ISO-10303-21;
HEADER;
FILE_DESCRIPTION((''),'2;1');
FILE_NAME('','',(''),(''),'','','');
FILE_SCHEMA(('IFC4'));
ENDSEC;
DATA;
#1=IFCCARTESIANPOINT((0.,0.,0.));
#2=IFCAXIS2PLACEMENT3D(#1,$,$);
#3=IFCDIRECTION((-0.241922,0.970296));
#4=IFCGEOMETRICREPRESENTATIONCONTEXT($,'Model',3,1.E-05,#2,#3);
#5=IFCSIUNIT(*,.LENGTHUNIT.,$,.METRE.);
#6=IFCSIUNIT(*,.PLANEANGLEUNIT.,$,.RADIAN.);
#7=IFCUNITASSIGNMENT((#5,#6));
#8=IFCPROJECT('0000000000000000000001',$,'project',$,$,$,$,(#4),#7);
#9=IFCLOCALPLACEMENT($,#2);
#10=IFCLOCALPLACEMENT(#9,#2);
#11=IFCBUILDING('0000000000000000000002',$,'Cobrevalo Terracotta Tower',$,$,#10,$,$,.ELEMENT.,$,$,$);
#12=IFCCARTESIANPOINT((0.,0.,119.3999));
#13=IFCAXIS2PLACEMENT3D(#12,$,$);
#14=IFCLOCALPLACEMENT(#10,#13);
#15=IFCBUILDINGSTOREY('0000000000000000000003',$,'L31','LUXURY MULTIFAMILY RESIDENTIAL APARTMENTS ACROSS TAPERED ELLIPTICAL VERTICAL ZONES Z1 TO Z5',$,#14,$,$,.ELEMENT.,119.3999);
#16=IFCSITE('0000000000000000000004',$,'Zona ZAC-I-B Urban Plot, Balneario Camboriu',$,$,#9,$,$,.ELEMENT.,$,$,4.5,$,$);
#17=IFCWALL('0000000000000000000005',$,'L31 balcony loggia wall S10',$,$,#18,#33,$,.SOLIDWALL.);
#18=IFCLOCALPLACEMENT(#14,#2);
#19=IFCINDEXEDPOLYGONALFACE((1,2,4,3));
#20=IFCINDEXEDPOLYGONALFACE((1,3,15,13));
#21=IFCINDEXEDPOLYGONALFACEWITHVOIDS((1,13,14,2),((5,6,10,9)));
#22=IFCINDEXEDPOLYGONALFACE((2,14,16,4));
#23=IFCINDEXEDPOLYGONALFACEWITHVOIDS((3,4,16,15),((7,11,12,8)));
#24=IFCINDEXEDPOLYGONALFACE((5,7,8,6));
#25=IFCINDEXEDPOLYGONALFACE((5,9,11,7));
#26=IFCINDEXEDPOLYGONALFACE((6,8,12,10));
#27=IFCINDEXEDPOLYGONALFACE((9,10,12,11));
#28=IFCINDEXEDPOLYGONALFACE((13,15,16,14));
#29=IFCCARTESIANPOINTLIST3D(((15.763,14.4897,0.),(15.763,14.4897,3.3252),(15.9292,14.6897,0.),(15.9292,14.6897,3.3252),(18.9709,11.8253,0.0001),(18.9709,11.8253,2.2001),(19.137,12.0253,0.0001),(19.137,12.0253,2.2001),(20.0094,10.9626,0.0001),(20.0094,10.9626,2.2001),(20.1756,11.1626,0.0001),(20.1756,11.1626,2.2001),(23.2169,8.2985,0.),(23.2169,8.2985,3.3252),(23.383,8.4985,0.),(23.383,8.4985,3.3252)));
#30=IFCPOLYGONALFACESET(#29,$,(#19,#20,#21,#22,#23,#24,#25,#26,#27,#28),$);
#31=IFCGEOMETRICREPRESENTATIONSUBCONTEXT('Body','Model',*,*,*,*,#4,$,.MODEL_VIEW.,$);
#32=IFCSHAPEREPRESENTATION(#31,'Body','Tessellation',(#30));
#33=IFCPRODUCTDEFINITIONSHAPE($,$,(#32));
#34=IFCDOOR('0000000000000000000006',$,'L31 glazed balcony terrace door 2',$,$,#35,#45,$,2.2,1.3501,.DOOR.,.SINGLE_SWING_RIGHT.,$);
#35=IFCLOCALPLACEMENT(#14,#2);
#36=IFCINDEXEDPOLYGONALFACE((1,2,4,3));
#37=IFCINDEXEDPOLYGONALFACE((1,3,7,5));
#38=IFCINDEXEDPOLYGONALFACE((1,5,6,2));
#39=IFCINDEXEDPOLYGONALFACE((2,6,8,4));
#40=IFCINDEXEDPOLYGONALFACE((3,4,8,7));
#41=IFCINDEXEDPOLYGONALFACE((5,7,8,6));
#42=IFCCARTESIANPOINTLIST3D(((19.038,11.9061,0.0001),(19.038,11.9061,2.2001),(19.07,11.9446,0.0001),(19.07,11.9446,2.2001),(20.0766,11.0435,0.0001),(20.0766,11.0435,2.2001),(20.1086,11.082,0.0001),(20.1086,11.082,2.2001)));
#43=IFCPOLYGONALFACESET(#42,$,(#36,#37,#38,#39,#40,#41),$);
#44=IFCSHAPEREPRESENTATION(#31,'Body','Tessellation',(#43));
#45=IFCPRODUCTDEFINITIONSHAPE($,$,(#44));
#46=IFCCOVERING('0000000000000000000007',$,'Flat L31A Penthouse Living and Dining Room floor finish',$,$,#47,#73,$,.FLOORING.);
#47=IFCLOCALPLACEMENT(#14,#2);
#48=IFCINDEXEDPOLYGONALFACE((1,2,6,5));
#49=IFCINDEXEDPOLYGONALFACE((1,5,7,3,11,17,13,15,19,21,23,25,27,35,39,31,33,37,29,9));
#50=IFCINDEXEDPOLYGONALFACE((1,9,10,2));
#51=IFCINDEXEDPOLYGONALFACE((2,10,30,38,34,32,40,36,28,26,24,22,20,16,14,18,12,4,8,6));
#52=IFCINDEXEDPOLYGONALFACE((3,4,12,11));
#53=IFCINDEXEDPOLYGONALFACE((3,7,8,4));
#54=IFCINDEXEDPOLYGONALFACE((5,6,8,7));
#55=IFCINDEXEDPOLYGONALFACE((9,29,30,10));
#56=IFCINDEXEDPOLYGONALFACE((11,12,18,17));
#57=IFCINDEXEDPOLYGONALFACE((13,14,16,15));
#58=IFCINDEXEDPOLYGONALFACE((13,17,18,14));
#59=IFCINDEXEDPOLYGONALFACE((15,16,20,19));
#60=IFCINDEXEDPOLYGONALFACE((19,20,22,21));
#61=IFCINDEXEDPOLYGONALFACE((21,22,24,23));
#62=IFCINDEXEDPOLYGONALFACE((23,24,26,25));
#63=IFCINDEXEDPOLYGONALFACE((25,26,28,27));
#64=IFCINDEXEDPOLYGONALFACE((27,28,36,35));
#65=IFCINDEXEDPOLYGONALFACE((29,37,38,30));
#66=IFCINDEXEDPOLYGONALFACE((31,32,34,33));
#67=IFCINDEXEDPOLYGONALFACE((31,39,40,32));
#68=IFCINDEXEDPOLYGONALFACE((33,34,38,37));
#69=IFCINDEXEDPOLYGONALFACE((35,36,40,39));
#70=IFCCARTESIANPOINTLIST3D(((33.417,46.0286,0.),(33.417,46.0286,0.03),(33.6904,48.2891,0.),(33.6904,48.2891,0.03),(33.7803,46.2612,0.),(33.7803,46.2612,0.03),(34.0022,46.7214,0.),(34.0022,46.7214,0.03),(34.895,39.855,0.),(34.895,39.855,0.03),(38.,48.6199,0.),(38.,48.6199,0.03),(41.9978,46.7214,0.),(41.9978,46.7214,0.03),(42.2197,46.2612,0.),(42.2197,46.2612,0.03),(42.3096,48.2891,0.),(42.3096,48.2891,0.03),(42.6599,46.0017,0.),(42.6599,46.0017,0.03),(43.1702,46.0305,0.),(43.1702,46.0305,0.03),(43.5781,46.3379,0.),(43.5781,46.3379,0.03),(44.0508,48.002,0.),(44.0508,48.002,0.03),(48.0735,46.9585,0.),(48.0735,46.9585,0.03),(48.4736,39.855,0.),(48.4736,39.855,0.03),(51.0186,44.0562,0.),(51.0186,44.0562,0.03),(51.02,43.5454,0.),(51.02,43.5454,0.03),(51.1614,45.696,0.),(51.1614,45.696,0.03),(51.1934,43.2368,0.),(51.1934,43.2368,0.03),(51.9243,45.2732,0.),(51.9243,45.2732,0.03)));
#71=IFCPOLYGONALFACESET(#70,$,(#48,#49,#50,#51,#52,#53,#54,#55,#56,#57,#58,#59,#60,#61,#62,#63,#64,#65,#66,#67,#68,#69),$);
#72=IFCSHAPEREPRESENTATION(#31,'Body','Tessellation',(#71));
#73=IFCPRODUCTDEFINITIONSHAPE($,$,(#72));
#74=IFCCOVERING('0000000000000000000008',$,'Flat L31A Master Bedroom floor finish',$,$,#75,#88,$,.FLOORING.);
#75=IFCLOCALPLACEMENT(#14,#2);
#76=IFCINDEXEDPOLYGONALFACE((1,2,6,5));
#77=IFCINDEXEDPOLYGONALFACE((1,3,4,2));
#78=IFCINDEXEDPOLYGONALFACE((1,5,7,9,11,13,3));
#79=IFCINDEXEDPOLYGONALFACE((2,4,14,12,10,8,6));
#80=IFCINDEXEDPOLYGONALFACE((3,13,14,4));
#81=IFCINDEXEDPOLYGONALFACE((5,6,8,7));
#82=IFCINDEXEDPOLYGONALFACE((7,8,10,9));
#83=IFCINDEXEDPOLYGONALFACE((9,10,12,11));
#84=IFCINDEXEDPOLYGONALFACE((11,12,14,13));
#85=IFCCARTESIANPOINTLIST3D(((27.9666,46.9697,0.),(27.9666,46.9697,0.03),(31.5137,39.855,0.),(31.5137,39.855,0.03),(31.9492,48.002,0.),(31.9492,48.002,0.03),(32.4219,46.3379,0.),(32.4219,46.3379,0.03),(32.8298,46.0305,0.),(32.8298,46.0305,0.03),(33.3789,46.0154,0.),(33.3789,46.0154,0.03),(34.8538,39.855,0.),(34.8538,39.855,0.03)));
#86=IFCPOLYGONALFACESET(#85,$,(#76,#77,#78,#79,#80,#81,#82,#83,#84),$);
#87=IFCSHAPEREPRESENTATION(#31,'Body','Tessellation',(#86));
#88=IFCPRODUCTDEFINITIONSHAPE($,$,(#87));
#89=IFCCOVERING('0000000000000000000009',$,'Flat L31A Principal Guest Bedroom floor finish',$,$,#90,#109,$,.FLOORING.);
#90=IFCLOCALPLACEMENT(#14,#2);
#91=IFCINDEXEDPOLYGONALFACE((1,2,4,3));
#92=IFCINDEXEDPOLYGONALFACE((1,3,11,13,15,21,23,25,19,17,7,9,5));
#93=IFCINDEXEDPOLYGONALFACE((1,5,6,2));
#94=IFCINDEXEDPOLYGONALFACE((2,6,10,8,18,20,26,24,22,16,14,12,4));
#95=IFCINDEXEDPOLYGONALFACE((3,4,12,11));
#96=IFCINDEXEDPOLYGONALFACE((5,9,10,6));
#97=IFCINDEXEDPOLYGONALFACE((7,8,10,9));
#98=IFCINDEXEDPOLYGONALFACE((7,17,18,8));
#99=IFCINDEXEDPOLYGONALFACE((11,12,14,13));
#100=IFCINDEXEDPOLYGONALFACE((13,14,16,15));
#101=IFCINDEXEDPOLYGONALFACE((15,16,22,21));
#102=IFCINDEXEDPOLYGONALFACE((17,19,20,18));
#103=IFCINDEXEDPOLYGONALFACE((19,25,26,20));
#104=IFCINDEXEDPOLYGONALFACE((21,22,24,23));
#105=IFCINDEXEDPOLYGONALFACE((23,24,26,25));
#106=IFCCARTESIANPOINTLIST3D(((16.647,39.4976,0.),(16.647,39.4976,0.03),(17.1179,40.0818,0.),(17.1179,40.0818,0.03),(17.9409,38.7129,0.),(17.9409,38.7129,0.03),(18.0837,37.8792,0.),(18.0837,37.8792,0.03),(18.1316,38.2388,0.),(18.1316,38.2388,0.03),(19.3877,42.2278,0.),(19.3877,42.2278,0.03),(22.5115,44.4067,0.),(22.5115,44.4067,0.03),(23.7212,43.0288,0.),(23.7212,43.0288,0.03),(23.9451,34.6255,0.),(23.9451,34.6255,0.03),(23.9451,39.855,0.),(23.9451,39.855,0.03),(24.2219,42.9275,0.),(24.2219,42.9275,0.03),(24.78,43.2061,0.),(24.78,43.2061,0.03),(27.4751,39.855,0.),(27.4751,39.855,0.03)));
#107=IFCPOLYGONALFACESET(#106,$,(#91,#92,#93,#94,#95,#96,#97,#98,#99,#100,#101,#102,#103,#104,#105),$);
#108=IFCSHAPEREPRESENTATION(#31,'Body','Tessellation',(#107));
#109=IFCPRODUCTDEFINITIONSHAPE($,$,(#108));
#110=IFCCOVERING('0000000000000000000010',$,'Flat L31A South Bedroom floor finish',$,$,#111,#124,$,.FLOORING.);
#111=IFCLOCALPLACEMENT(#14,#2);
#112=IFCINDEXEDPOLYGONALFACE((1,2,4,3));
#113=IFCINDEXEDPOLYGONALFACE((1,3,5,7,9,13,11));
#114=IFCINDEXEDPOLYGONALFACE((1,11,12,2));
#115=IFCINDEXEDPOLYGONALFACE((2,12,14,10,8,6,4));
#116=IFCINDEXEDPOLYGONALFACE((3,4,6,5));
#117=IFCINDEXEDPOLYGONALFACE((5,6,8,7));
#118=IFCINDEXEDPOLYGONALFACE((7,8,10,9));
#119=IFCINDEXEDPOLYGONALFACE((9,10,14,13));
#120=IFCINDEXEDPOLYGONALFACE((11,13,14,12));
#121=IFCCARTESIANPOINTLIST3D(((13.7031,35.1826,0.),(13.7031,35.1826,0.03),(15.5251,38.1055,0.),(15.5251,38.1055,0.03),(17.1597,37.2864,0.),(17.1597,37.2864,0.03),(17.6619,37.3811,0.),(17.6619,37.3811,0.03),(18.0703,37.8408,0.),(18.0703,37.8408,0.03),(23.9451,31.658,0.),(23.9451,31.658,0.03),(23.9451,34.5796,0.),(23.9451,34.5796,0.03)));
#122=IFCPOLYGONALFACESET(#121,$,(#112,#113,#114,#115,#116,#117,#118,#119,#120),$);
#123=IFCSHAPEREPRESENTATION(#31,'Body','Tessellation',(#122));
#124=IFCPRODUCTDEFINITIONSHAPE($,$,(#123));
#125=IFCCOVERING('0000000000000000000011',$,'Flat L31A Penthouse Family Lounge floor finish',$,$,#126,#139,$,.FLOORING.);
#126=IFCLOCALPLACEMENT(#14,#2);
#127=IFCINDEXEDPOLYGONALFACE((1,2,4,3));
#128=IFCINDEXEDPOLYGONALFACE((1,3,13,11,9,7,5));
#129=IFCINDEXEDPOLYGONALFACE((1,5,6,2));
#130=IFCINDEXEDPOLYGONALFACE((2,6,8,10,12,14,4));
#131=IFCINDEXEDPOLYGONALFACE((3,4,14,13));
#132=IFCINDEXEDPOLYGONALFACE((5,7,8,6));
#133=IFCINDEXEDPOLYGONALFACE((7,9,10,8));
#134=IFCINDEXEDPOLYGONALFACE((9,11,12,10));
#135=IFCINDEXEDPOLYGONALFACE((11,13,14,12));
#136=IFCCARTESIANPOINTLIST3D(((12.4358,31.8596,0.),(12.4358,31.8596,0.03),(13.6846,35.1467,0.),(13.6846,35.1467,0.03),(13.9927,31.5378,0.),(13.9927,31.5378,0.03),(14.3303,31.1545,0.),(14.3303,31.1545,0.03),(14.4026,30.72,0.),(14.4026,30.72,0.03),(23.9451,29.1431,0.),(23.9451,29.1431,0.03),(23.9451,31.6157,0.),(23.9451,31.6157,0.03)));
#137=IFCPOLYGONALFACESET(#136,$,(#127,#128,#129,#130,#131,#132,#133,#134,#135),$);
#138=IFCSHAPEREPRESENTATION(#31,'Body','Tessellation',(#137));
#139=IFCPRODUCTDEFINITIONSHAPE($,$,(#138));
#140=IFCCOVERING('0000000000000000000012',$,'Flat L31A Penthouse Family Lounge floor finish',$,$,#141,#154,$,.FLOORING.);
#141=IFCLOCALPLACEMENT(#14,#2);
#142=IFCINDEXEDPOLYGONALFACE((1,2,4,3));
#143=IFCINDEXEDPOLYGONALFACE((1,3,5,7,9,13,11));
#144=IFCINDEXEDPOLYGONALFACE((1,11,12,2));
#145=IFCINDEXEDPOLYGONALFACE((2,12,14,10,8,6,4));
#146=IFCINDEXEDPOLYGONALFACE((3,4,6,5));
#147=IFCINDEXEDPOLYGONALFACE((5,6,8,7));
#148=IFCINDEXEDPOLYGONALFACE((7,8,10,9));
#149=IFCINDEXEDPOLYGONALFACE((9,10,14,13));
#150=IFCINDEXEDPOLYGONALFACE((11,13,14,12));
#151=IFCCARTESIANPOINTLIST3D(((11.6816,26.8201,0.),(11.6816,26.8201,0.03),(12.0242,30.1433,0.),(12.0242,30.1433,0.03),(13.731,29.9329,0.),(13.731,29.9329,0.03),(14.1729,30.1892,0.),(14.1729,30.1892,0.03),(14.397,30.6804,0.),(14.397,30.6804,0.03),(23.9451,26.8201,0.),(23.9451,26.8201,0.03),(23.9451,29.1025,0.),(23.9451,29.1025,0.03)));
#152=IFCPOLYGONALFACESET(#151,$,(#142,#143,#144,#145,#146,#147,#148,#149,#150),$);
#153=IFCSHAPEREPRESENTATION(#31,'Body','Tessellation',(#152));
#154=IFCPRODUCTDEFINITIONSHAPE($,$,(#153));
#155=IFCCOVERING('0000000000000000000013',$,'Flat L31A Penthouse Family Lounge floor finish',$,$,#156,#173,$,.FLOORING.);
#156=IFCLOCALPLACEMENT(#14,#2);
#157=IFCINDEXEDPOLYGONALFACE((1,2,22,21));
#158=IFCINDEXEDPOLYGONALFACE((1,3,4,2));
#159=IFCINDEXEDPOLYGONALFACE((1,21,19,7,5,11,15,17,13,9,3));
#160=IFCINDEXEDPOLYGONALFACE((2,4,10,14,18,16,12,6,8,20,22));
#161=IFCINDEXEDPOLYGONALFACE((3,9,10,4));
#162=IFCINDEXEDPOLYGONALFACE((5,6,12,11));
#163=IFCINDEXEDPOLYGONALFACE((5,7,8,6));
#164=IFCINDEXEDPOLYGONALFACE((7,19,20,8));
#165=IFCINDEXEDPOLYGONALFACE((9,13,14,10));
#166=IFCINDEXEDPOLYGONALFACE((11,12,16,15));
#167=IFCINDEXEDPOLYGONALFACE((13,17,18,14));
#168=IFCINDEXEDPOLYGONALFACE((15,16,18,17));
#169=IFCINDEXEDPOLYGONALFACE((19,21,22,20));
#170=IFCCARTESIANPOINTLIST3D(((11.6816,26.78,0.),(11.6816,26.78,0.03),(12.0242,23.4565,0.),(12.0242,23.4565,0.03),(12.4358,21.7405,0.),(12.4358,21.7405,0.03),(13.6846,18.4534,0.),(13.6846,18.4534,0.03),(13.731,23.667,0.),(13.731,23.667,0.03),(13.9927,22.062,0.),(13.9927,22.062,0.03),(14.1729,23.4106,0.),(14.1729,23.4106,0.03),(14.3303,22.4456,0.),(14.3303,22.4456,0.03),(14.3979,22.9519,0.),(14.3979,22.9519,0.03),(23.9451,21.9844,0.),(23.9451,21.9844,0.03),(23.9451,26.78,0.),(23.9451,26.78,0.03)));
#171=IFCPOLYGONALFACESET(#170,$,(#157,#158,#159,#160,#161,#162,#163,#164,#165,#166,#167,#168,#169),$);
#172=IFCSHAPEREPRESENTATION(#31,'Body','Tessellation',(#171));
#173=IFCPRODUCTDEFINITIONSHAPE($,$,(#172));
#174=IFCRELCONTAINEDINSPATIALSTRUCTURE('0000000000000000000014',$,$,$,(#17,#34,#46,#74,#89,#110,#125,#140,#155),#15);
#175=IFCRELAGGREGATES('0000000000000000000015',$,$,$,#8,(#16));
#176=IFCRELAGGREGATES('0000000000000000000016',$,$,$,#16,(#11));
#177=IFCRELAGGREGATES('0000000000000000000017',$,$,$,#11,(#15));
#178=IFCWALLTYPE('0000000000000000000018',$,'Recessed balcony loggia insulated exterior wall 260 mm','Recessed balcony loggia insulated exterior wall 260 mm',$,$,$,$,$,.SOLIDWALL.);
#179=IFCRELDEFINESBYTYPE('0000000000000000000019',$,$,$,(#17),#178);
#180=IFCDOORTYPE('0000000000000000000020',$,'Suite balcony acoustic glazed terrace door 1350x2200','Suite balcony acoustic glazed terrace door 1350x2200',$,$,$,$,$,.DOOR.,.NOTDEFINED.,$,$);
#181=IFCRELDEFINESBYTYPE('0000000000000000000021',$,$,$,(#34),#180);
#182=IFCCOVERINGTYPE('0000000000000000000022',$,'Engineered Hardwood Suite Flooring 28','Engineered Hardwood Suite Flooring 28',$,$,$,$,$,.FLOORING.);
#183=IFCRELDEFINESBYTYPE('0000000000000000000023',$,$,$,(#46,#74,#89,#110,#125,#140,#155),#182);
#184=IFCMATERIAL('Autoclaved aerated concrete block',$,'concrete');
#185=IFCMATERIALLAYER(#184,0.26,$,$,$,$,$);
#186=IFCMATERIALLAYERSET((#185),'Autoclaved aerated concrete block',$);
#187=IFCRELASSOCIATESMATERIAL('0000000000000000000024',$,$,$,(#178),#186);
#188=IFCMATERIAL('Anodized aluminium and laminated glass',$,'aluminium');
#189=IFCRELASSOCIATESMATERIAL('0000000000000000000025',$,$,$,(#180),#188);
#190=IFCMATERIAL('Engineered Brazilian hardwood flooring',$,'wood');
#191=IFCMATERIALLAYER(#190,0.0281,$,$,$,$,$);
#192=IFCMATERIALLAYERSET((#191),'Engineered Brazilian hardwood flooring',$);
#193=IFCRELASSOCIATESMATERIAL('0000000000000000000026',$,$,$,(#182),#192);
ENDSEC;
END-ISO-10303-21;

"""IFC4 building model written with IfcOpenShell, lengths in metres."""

from ifc_helpers import new_model, si_unit, direction, frame, frame_2d, origin, place, context, subcontext, project, spatial, polyline, rectangle, outline, extrude, source, transform, mapped, material, layer, layer_set, type_object, element, fill, save


model = new_model("IFC4")

# Units and contexts
model_context = context("Model", 3, precision=1e-05, world=origin(), true_north=direction((-0.241922, 0.970296)))
body_context = subcontext(model_context, "Body", "Model", "MODEL_VIEW")
ifc_project = project(units=[si_unit("LENGTHUNIT", "METRE"), si_unit("PLANEANGLEUNIT", "RADIAN")], contexts=[model_context])

# Site, building, storey
site_placement = place(None, origin())
site = spatial("IfcSite", under=ifc_project, at=site_placement, Name="Zona ZAC-I-B Urban Plot, Balneario Camboriu", CompositionType="ELEMENT", RefElevation=4.5)
building_placement = place(site_placement, origin())
building = spatial("IfcBuilding", under=site, at=building_placement, Name="Cobrevalo Terracotta Tower", CompositionType="ELEMENT")
storey_placement = place(building_placement, frame((0.0, 0.0, 119.3999)))
storey = spatial("IfcBuildingStorey", under=building, at=storey_placement, Name="L31", Description="LUXURY MULTIFAMILY RESIDENTIAL APARTMENTS ACROSS TAPERED ELLIPTICAL VERTICAL ZONES Z1 TO Z5", CompositionType="ELEMENT", Elevation=119.3999)

# Wall, opening, door
ifc_material_1 = material(Name="Autoclaved aerated concrete block", Category="concrete")
ifc_layer_1 = layer(ifc_material_1, 0.26)
ifc_layer_set_1 = layer_set([ifc_layer_1], Name="Autoclaved aerated concrete block")
wall_type = type_object("IfcWallType", Name="Recessed balcony loggia insulated exterior wall 260 mm", Description="Recessed balcony loggia insulated exterior wall 260 mm", PredefinedType="SOLIDWALL", material=ifc_layer_set_1)
wall_placement = place(storey_placement, frame((15.8462, 14.5896, 0.0), z_axis=(0.0, 0.0, 1.0), x_axis=(0.769255, -0.638942, 0.0)))
wall = element("IfcWall", 1, at=wall_placement, inside=storey, type_object=wall_type, Name="L31 balcony loggia wall S10", PredefinedType="SOLIDWALL", context=body_context, shape_type="SweptSolid", body=[
    extrude(rectangle(XDim=9.6897, YDim=0.26, at=frame_2d((4.8447, 0.0))), origin(), (0.0, 0.0, 1.0), 3.3252),
])
opening_placement = place(wall_placement, frame((4.1699, 0.0, 0.0)))
opening = element("IfcOpeningElement", 2, at=opening_placement, cuts=wall, PredefinedType="OPENING", context=body_context, shape_type="SweptSolid", body=[
    extrude(rectangle(XDim=1.3501, YDim=2.2, at=frame_2d((0.675, 1.1001))), frame((0.0, 0.1401, 0.0), z_axis=(0.0, -1.0, 0.0), x_axis=(1.0, 0.0, 0.0)), (0.0, 0.0, 1.0), 0.28),
])
ifc_material_2 = material(Name="Anodized aluminium and laminated glass", Category="aluminium")
door_type = type_object("IfcDoorType", Name="Suite balcony acoustic glazed terrace door 1350x2200", Description="Suite balcony acoustic glazed terrace door 1350x2200", OperationType="NOTDEFINED", PredefinedType="DOOR", material=ifc_material_2)
shared_shape_1 = source(origin(), body_context, "Body", "SweptSolid", [
    extrude(rectangle(XDim=1.3501, YDim=2.2, at=frame_2d((0.675, 1.1001))), frame((0.0, 0.0249, 0.0), z_axis=(0.0, -1.0, 0.0), x_axis=(1.0, 0.0, 0.0)), (0.0, 0.0, 1.0), 0.05),
])
door_placement = place(opening_placement, frame((1.3501, 0.0, 0.0), z_axis=(0.0, 0.0, 1.0), x_axis=(-1.0, 0.0, 0.0)))
door = element("IfcDoor", 3, at=door_placement, inside=storey, type_object=door_type, Name="L31 glazed balcony terrace door 2", OperationType="SINGLE_SWING_RIGHT", OverallHeight=2.2, OverallWidth=1.3501, PredefinedType="DOOR", context=body_context, shape_type="MappedRepresentation", body=[
    mapped(shared_shape_1, transform((0.0, 0.0, 0.0), scale=1.0)),
])
fill(opening, door)

# Coverings
ifc_material_3 = material(Name="Engineered Brazilian hardwood flooring", Category="wood")
ifc_layer_2 = layer(ifc_material_3, 0.0281)
ifc_layer_set_2 = layer_set([ifc_layer_2], Name="Engineered Brazilian hardwood flooring")
covering_type_1 = type_object("IfcCoveringType", Name="Engineered Hardwood Suite Flooring 28", Description="Engineered Hardwood Suite Flooring 28", PredefinedType="FLOORING", material=ifc_layer_set_2)
covering_1_placement = place(storey_placement, origin())
element("IfcCovering", 4, at=covering_1_placement, inside=storey, type_object=covering_type_1, Name="Flat L31A Penthouse Living and Dining Room floor finish", PredefinedType="FLOORING", context=body_context, shape_type="SweptSolid", body=[
    extrude(outline(polyline([(38.0, 48.6199), (42.3096, 48.2891), (41.9978, 46.7214), (42.2197, 46.2612), (42.6599, 46.0017), (43.1702, 46.0305), (43.5781, 46.3379), (44.0508, 48.002), (48.0735, 46.9585), (51.1614, 45.696), (51.9243, 45.2732), (51.0186, 44.0562), (51.02, 43.5454), (51.1934, 43.2368), (48.4736, 39.855), (34.895, 39.855), (33.417, 46.0286), (33.7803, 46.2612), (34.0022, 46.7214), (33.6904, 48.2891), (38.0, 48.6199)])), origin(), (0.0, 0.0, 1.0), 0.03),
])
covering_2_placement = place(storey_placement, origin())
element("IfcCovering", 5, at=covering_2_placement, inside=storey, type_object=covering_type_1, Name="Flat L31A Master Bedroom floor finish", PredefinedType="FLOORING", context=body_context, shape_type="SweptSolid", body=[
    extrude(outline(polyline([(31.9492, 48.002), (32.4219, 46.3379), (32.8298, 46.0305), (33.3789, 46.0154), (34.8538, 39.855), (31.5137, 39.855), (27.9666, 46.9697), (31.9492, 48.002)])), origin(), (0.0, 0.0, 1.0), 0.03),
])
covering_3_placement = place(storey_placement, origin())
element("IfcCovering", 6, at=covering_3_placement, inside=storey, type_object=covering_type_1, Name="Flat L31A Principal Guest Bedroom floor finish", PredefinedType="FLOORING", context=body_context, shape_type="SweptSolid", body=[
    extrude(outline(polyline([(19.3877, 42.2278), (22.5115, 44.4067), (23.7212, 43.0288), (24.2219, 42.9275), (24.78, 43.2061), (27.4751, 39.855), (23.9451, 39.855), (23.9451, 34.6255), (18.0837, 37.8792), (18.1316, 38.2388), (17.9409, 38.7129), (16.647, 39.4976), (17.1179, 40.0818), (19.3877, 42.2278)])), origin(), (0.0, 0.0, 1.0), 0.03),
])
covering_4_placement = place(storey_placement, origin())
element("IfcCovering", 7, at=covering_4_placement, inside=storey, type_object=covering_type_1, Name="Flat L31A South Bedroom floor finish", PredefinedType="FLOORING", context=body_context, shape_type="SweptSolid", body=[
    extrude(outline(polyline([(15.5251, 38.1055), (17.1597, 37.2864), (17.6619, 37.3811), (18.0703, 37.8408), (23.9451, 34.5796), (23.9451, 31.658), (13.7031, 35.1826), (15.5251, 38.1055)])), origin(), (0.0, 0.0, 1.0), 0.03),
])
covering_5_placement = place(storey_placement, origin())
element("IfcCovering", 8, at=covering_5_placement, inside=storey, type_object=covering_type_1, Name="Flat L31A Penthouse Family Lounge floor finish", PredefinedType="FLOORING", context=body_context, shape_type="SweptSolid", body=[
    extrude(outline(polyline([(13.6846, 35.1467), (23.9451, 31.6157), (23.9451, 29.1431), (14.4026, 30.72), (14.3303, 31.1545), (13.9927, 31.5378), (12.4358, 31.8596), (13.6846, 35.1467)])), origin(), (0.0, 0.0, 1.0), 0.03),
])
covering_6_placement = place(storey_placement, origin())
element("IfcCovering", 9, at=covering_6_placement, inside=storey, type_object=covering_type_1, Name="Flat L31A Penthouse Family Lounge floor finish", PredefinedType="FLOORING", context=body_context, shape_type="SweptSolid", body=[
    extrude(outline(polyline([(12.0242, 30.1433), (13.731, 29.9329), (14.1729, 30.1892), (14.397, 30.6804), (23.9451, 29.1025), (23.9451, 26.8201), (11.6816, 26.8201), (12.0242, 30.1433)])), origin(), (0.0, 0.0, 1.0), 0.03),
])
covering_7_placement = place(storey_placement, origin())
element("IfcCovering", 10, at=covering_7_placement, inside=storey, type_object=covering_type_1, Name="Flat L31A Penthouse Family Lounge floor finish", PredefinedType="FLOORING", context=body_context, shape_type="SweptSolid", body=[
    extrude(outline(polyline([(13.6846, 18.4534), (12.4358, 21.7405), (13.9927, 22.062), (14.3303, 22.4456), (14.3979, 22.9519), (14.1729, 23.4106), (13.731, 23.667), (12.0242, 23.4565), (11.6816, 26.78), (23.9451, 26.78), (23.9451, 21.9844), (13.6846, 18.4534)])), origin(), (0.0, 0.0, 1.0), 0.03),
])

save(model, "model.ifc")
